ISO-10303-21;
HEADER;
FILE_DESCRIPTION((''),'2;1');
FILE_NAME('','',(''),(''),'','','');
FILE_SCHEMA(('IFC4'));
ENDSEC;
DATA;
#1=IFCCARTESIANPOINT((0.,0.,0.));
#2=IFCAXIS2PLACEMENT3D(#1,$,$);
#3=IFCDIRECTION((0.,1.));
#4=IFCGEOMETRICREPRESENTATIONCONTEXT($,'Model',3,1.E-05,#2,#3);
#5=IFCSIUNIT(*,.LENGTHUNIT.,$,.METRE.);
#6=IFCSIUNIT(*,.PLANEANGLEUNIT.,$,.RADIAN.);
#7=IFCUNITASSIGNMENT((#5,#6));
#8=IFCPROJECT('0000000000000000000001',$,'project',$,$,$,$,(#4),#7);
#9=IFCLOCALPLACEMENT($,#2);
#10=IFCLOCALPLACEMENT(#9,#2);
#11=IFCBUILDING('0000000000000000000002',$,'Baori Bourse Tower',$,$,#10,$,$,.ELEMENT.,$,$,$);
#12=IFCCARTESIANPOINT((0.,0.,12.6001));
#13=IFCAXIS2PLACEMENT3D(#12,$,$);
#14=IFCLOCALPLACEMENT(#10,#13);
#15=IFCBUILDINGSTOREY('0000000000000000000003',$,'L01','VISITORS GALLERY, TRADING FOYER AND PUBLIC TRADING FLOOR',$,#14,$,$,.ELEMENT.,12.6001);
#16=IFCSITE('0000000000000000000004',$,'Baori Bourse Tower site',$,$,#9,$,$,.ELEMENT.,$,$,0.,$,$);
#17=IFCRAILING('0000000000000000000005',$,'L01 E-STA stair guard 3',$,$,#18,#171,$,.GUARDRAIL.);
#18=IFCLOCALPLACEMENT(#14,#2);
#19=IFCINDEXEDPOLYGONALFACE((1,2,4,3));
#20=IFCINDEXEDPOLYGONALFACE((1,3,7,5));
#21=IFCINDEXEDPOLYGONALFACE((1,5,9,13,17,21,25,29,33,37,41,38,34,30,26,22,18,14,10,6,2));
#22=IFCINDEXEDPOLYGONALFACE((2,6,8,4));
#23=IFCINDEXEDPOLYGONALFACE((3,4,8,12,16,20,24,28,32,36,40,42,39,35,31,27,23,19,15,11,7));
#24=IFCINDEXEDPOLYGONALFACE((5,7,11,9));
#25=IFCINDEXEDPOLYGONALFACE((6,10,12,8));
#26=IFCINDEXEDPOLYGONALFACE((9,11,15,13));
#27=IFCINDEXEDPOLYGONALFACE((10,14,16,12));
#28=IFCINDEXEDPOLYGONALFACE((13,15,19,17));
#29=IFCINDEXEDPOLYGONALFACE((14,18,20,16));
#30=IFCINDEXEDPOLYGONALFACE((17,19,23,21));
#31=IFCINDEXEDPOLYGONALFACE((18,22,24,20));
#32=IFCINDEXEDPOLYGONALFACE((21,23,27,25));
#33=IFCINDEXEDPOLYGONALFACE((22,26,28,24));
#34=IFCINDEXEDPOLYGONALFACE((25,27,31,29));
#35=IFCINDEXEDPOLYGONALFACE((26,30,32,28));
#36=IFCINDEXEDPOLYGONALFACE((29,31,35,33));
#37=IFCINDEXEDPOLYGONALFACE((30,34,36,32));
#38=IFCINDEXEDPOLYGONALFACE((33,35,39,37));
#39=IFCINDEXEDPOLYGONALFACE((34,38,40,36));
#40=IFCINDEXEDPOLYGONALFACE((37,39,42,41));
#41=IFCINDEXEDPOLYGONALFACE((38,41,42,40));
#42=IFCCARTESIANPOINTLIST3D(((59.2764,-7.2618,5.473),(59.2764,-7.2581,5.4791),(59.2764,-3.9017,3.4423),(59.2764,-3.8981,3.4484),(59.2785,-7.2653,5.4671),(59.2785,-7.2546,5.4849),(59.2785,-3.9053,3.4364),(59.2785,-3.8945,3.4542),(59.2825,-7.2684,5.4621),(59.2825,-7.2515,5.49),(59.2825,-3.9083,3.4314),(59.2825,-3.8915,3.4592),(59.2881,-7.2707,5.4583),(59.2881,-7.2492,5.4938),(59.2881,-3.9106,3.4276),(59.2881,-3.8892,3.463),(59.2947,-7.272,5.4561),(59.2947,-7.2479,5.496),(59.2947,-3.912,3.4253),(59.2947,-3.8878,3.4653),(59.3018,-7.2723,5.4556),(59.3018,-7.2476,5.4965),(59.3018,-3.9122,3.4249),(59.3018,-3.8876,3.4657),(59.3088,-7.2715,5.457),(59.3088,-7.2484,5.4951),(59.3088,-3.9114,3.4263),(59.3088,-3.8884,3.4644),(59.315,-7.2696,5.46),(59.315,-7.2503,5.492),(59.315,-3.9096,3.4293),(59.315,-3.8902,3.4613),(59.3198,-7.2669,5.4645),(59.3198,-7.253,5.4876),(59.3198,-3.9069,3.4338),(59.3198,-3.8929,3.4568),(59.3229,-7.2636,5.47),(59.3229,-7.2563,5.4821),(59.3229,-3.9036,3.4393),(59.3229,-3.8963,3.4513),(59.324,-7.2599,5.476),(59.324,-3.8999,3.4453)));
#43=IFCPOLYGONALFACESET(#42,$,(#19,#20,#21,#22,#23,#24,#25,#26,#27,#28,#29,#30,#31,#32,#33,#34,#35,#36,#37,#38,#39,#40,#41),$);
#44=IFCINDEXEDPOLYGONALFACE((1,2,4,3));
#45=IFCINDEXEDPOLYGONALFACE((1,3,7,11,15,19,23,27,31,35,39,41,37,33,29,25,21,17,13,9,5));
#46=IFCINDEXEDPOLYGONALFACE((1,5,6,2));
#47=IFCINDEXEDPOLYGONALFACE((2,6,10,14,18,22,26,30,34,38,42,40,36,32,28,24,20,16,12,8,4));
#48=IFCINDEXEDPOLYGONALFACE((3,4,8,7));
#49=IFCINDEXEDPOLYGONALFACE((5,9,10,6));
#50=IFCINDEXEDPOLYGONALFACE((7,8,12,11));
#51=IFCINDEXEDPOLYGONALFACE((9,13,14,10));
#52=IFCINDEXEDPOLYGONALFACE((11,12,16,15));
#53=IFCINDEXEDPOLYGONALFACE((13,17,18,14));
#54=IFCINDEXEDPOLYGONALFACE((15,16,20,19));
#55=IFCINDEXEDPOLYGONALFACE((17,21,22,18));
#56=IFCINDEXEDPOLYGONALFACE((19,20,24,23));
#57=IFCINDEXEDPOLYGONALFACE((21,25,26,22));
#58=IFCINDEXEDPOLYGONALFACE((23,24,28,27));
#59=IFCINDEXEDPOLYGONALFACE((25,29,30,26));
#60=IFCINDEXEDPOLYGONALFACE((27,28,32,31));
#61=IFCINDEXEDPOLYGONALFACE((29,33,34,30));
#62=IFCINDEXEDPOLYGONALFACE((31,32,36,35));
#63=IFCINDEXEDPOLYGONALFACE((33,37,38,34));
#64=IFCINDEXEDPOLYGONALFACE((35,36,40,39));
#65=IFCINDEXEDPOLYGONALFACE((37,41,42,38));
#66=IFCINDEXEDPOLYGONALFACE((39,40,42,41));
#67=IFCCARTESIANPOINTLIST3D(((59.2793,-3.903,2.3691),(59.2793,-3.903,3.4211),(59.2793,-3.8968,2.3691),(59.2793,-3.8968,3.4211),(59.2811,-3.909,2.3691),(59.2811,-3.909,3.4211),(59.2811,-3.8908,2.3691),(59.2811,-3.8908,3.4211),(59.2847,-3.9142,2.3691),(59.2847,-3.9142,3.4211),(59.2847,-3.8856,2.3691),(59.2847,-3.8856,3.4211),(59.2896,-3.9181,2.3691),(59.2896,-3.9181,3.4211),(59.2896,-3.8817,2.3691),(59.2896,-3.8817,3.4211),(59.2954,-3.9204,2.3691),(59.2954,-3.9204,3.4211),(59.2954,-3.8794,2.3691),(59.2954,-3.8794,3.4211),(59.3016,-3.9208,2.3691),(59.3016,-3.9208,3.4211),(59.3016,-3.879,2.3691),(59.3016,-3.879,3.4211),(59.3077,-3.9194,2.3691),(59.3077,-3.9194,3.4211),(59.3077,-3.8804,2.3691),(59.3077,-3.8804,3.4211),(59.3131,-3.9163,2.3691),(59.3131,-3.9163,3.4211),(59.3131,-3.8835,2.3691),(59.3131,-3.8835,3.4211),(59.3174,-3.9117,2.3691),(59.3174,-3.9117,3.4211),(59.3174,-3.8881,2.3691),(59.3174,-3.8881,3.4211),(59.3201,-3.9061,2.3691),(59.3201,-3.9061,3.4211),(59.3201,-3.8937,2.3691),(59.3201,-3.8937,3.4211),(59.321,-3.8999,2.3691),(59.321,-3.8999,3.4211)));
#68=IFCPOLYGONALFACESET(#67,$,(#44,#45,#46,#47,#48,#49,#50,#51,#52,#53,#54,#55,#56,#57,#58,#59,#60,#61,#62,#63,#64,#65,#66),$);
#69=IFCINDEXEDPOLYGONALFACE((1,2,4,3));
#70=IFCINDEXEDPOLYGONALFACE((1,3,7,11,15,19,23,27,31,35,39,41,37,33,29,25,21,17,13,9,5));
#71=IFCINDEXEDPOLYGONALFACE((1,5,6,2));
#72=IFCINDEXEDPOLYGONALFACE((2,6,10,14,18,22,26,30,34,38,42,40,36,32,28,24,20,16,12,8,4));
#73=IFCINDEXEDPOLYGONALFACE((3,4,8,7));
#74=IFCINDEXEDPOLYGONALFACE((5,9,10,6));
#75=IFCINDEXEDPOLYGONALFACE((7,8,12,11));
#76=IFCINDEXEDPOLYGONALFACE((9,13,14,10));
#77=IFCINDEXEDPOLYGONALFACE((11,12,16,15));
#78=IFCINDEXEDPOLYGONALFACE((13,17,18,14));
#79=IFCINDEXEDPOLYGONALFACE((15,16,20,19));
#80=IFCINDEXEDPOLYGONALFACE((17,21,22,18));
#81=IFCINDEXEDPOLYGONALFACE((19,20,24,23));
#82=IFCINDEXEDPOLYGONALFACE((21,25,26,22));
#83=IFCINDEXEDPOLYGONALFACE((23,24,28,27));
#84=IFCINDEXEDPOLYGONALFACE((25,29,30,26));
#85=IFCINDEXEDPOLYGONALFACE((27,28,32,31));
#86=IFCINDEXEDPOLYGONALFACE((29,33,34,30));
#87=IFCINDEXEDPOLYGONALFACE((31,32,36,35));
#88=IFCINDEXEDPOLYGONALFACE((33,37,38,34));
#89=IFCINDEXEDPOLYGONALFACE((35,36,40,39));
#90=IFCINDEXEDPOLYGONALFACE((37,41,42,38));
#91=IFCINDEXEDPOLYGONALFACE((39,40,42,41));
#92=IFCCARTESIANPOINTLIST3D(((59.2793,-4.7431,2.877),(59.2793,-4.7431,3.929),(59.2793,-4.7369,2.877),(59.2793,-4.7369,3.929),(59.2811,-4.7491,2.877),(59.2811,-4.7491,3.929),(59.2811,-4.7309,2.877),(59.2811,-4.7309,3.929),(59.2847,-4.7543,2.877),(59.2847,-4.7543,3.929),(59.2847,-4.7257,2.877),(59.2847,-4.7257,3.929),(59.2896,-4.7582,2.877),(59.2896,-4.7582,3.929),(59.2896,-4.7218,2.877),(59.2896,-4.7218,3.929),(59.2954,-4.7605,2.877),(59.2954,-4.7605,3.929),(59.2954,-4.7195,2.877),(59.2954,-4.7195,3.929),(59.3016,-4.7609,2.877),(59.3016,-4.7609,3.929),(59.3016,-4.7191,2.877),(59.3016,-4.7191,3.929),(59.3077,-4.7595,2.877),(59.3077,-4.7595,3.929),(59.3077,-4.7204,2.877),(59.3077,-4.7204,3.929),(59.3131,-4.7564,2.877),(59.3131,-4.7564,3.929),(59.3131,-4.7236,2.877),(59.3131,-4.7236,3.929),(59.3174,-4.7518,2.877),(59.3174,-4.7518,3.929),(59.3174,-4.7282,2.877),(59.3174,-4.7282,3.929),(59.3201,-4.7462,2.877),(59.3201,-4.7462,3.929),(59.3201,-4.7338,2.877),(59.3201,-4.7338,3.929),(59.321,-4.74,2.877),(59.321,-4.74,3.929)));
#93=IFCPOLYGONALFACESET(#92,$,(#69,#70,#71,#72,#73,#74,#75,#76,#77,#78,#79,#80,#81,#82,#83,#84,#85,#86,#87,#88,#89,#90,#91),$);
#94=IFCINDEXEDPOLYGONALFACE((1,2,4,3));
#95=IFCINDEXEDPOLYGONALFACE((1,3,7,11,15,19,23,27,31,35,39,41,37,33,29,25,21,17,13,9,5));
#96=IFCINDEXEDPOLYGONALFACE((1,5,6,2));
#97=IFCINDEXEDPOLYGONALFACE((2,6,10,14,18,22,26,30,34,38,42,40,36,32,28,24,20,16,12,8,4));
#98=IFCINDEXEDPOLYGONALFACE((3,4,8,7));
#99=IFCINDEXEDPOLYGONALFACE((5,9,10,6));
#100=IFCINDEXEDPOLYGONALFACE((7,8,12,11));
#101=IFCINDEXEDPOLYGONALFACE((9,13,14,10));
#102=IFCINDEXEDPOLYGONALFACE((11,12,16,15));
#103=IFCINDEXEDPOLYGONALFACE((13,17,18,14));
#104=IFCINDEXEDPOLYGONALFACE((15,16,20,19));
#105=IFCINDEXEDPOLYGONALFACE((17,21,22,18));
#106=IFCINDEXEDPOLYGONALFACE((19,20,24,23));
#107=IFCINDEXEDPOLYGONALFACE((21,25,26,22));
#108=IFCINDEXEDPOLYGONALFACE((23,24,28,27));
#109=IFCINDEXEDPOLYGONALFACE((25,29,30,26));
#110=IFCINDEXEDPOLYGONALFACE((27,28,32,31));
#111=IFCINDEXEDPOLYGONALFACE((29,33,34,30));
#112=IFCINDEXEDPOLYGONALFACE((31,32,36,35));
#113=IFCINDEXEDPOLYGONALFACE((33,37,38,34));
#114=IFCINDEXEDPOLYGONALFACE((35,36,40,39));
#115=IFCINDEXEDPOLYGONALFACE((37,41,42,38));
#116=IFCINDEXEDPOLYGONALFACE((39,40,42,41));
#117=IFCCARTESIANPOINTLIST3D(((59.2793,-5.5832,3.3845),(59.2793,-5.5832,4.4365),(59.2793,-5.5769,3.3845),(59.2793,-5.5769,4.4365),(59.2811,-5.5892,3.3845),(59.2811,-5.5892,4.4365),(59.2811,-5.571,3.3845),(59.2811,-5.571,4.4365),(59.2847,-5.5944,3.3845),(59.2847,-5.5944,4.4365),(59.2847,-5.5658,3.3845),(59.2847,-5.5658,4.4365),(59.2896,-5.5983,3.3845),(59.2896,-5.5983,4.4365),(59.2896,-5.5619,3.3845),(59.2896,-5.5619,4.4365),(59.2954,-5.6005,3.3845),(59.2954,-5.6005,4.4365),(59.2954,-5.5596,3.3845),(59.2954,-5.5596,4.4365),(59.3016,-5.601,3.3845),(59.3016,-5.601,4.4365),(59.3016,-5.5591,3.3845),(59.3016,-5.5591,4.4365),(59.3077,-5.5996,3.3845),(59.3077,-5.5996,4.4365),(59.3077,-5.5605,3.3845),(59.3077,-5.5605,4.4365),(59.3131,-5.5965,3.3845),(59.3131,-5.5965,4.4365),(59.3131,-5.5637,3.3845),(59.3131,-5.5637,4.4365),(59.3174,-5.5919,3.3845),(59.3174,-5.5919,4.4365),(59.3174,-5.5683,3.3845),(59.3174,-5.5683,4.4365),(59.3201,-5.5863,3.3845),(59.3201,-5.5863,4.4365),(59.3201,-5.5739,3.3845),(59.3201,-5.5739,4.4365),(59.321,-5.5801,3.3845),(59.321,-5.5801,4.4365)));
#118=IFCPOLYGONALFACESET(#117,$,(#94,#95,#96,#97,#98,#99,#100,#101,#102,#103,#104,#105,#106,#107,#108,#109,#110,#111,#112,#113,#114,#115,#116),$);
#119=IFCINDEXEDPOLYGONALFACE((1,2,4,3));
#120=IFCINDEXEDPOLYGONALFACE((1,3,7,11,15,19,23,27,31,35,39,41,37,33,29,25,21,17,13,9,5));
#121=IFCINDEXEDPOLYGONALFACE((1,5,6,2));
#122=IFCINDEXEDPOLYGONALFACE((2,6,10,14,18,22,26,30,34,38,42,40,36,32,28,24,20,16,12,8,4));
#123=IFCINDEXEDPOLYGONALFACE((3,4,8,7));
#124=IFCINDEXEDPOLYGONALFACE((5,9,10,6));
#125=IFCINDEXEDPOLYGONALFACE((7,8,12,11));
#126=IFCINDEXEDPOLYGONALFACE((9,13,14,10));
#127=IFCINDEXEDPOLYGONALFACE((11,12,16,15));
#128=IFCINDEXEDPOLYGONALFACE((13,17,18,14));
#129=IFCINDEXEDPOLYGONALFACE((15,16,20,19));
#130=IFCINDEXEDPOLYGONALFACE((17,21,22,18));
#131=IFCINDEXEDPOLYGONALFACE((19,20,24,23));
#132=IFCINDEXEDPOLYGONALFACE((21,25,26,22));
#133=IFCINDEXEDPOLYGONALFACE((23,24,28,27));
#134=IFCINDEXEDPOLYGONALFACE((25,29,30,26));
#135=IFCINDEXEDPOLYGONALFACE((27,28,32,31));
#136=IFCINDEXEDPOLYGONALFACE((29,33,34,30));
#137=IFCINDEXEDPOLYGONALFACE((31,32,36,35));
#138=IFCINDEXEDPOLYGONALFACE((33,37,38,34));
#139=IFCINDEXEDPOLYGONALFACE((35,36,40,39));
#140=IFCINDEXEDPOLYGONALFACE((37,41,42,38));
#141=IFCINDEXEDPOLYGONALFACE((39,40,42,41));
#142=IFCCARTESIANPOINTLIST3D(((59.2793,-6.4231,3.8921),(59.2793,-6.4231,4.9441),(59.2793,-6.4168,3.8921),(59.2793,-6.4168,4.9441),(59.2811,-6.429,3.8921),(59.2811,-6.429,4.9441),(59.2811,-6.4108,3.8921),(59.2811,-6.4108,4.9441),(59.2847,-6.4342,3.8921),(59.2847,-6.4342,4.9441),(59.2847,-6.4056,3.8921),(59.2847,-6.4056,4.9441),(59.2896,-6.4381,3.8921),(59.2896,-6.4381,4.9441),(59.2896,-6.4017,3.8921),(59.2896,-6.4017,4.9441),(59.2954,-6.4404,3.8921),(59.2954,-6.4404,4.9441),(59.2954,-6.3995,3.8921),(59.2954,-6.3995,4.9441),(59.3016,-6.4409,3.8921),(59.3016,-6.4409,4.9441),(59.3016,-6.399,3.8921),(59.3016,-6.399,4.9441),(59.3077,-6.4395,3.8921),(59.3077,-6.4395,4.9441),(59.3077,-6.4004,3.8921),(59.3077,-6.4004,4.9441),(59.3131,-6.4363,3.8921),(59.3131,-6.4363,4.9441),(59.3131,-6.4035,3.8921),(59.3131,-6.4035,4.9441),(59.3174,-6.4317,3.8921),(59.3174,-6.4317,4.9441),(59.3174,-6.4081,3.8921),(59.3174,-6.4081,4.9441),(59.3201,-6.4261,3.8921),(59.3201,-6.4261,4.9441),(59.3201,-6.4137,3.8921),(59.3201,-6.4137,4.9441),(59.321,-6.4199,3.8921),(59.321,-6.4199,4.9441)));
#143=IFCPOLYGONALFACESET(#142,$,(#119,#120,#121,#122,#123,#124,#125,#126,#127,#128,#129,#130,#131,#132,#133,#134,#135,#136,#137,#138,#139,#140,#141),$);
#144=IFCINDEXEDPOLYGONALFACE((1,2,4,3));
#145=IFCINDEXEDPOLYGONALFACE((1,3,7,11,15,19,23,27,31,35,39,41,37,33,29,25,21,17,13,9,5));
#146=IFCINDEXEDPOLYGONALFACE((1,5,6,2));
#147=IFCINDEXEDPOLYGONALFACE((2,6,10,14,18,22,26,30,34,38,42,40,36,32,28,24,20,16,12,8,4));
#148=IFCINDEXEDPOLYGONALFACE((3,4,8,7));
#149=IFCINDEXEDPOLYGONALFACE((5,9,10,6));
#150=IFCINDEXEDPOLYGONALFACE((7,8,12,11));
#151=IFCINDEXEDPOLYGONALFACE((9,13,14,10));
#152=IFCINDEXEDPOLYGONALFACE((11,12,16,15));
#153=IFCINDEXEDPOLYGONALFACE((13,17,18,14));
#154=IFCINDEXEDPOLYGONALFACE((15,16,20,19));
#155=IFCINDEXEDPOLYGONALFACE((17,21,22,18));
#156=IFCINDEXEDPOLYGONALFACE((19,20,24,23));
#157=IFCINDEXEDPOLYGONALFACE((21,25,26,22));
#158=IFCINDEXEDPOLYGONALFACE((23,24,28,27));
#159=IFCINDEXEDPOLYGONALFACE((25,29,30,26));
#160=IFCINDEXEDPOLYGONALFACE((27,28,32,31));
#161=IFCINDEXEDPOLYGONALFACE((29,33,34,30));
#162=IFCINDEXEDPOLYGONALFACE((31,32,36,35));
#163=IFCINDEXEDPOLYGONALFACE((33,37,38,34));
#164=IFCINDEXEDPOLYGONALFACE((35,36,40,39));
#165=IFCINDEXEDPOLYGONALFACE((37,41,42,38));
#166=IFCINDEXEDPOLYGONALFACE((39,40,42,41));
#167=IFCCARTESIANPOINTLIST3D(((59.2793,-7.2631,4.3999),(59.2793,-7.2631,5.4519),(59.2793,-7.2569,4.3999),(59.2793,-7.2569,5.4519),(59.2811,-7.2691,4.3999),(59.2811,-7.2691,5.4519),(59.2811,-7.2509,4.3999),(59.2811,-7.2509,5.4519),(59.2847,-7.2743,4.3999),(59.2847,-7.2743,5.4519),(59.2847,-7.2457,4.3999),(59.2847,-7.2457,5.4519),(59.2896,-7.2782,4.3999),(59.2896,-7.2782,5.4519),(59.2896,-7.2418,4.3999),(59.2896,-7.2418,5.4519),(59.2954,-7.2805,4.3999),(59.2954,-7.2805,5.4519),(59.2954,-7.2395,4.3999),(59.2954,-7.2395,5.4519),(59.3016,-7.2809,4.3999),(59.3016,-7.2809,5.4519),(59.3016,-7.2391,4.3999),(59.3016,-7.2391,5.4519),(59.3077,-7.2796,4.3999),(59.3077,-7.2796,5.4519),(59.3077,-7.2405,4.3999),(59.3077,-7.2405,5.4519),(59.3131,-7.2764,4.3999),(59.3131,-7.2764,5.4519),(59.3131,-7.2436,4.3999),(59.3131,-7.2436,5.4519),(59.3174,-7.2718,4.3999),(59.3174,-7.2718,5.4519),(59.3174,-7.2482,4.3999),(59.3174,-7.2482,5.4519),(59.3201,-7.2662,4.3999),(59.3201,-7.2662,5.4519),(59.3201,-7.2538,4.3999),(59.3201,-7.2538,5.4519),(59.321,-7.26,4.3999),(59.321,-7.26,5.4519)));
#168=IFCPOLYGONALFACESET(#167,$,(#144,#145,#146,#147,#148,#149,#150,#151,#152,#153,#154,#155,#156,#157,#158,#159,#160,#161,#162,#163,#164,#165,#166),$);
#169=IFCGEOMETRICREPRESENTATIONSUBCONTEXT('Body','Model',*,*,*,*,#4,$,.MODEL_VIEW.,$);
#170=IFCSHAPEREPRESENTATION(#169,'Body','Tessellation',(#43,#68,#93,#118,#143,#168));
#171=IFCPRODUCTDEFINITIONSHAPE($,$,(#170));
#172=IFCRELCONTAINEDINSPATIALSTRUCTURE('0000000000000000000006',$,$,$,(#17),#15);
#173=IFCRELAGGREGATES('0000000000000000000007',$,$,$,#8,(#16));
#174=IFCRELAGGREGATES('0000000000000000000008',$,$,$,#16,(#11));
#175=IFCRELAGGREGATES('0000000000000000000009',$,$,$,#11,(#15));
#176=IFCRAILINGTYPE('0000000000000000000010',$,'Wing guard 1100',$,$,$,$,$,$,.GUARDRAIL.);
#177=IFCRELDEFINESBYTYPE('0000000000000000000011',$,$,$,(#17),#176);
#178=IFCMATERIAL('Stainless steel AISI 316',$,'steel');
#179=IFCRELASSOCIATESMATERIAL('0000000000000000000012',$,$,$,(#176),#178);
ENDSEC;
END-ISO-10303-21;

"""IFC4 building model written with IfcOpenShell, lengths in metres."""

from ifc_helpers import new_model, si_unit, direction, frame, origin, origin_2d, place, context, subcontext, project, spatial, circle, extrude, material, type_object, element, save


model = new_model("IFC4")

# Units and contexts
model_context = context("Model", 3, precision=1e-05, world=origin(), true_north=direction((0.0, 1.0)))
body_context = subcontext(model_context, "Body", "Model", "MODEL_VIEW")
ifc_project = project(units=[si_unit("LENGTHUNIT", "METRE"), si_unit("PLANEANGLEUNIT", "RADIAN")], contexts=[model_context])

# Site, building, storey
site_placement = place(None, origin())
site = spatial("IfcSite", under=ifc_project, at=site_placement, Name="Baori Bourse Tower site", CompositionType="ELEMENT", RefElevation=0.0)
building_placement = place(site_placement, origin())
building = spatial("IfcBuilding", under=site, at=building_placement, Name="Baori Bourse Tower", CompositionType="ELEMENT")
storey_placement = place(building_placement, frame((0.0, 0.0, 12.6001)))
storey = spatial("IfcBuildingStorey", under=building, at=storey_placement, Name="L01", Description="VISITORS GALLERY, TRADING FOYER AND PUBLIC TRADING FLOOR", CompositionType="ELEMENT", Elevation=12.6001)

# Railing
ifc_material_1 = material(Name="Stainless steel AISI 316", Category="steel")
railing_type_1 = type_object("IfcRailingType", Name="Wing guard 1100", PredefinedType="GUARDRAIL", material=ifc_material_1)
railing_1_placement = place(storey_placement, frame((59.3, -3.8999, 2.3691)))
element("IfcRailing", 1, at=railing_1_placement, inside=storey, type_object=railing_type_1, Name="L01 E-STA stair guard 3", PredefinedType="GUARDRAIL", context=body_context, shape_type="SweptSolid", body=[
    extrude(circle(Radius=0.0239, at=origin_2d()), frame((0.0, 0.0, 1.0762), z_axis=(0.0, -0.855837, 0.517246), x_axis=(1.0, 0.0, 0.0)), (0.0, 0.0, 1.0), 3.926),
    extrude(circle(Radius=0.021, at=origin_2d()), origin(), (0.0, 0.0, 1.0), 1.052),
    extrude(circle(Radius=0.021, at=origin_2d()), frame((0.0, -0.8401, 0.5078)), (0.0, 0.0, 1.0), 1.052),
    extrude(circle(Radius=0.021, at=origin_2d()), frame((0.0, -1.6802, 1.0154)), (0.0, 0.0, 1.0), 1.052),
    extrude(circle(Radius=0.021, at=origin_2d()), frame((0.0, -2.52, 1.5229)), (0.0, 0.0, 1.0), 1.052),
    extrude(circle(Radius=0.021, at=origin_2d()), frame((0.0, -3.3601, 2.0308)), (0.0, 0.0, 1.0), 1.052),
])

save(model, "model.ifc")
